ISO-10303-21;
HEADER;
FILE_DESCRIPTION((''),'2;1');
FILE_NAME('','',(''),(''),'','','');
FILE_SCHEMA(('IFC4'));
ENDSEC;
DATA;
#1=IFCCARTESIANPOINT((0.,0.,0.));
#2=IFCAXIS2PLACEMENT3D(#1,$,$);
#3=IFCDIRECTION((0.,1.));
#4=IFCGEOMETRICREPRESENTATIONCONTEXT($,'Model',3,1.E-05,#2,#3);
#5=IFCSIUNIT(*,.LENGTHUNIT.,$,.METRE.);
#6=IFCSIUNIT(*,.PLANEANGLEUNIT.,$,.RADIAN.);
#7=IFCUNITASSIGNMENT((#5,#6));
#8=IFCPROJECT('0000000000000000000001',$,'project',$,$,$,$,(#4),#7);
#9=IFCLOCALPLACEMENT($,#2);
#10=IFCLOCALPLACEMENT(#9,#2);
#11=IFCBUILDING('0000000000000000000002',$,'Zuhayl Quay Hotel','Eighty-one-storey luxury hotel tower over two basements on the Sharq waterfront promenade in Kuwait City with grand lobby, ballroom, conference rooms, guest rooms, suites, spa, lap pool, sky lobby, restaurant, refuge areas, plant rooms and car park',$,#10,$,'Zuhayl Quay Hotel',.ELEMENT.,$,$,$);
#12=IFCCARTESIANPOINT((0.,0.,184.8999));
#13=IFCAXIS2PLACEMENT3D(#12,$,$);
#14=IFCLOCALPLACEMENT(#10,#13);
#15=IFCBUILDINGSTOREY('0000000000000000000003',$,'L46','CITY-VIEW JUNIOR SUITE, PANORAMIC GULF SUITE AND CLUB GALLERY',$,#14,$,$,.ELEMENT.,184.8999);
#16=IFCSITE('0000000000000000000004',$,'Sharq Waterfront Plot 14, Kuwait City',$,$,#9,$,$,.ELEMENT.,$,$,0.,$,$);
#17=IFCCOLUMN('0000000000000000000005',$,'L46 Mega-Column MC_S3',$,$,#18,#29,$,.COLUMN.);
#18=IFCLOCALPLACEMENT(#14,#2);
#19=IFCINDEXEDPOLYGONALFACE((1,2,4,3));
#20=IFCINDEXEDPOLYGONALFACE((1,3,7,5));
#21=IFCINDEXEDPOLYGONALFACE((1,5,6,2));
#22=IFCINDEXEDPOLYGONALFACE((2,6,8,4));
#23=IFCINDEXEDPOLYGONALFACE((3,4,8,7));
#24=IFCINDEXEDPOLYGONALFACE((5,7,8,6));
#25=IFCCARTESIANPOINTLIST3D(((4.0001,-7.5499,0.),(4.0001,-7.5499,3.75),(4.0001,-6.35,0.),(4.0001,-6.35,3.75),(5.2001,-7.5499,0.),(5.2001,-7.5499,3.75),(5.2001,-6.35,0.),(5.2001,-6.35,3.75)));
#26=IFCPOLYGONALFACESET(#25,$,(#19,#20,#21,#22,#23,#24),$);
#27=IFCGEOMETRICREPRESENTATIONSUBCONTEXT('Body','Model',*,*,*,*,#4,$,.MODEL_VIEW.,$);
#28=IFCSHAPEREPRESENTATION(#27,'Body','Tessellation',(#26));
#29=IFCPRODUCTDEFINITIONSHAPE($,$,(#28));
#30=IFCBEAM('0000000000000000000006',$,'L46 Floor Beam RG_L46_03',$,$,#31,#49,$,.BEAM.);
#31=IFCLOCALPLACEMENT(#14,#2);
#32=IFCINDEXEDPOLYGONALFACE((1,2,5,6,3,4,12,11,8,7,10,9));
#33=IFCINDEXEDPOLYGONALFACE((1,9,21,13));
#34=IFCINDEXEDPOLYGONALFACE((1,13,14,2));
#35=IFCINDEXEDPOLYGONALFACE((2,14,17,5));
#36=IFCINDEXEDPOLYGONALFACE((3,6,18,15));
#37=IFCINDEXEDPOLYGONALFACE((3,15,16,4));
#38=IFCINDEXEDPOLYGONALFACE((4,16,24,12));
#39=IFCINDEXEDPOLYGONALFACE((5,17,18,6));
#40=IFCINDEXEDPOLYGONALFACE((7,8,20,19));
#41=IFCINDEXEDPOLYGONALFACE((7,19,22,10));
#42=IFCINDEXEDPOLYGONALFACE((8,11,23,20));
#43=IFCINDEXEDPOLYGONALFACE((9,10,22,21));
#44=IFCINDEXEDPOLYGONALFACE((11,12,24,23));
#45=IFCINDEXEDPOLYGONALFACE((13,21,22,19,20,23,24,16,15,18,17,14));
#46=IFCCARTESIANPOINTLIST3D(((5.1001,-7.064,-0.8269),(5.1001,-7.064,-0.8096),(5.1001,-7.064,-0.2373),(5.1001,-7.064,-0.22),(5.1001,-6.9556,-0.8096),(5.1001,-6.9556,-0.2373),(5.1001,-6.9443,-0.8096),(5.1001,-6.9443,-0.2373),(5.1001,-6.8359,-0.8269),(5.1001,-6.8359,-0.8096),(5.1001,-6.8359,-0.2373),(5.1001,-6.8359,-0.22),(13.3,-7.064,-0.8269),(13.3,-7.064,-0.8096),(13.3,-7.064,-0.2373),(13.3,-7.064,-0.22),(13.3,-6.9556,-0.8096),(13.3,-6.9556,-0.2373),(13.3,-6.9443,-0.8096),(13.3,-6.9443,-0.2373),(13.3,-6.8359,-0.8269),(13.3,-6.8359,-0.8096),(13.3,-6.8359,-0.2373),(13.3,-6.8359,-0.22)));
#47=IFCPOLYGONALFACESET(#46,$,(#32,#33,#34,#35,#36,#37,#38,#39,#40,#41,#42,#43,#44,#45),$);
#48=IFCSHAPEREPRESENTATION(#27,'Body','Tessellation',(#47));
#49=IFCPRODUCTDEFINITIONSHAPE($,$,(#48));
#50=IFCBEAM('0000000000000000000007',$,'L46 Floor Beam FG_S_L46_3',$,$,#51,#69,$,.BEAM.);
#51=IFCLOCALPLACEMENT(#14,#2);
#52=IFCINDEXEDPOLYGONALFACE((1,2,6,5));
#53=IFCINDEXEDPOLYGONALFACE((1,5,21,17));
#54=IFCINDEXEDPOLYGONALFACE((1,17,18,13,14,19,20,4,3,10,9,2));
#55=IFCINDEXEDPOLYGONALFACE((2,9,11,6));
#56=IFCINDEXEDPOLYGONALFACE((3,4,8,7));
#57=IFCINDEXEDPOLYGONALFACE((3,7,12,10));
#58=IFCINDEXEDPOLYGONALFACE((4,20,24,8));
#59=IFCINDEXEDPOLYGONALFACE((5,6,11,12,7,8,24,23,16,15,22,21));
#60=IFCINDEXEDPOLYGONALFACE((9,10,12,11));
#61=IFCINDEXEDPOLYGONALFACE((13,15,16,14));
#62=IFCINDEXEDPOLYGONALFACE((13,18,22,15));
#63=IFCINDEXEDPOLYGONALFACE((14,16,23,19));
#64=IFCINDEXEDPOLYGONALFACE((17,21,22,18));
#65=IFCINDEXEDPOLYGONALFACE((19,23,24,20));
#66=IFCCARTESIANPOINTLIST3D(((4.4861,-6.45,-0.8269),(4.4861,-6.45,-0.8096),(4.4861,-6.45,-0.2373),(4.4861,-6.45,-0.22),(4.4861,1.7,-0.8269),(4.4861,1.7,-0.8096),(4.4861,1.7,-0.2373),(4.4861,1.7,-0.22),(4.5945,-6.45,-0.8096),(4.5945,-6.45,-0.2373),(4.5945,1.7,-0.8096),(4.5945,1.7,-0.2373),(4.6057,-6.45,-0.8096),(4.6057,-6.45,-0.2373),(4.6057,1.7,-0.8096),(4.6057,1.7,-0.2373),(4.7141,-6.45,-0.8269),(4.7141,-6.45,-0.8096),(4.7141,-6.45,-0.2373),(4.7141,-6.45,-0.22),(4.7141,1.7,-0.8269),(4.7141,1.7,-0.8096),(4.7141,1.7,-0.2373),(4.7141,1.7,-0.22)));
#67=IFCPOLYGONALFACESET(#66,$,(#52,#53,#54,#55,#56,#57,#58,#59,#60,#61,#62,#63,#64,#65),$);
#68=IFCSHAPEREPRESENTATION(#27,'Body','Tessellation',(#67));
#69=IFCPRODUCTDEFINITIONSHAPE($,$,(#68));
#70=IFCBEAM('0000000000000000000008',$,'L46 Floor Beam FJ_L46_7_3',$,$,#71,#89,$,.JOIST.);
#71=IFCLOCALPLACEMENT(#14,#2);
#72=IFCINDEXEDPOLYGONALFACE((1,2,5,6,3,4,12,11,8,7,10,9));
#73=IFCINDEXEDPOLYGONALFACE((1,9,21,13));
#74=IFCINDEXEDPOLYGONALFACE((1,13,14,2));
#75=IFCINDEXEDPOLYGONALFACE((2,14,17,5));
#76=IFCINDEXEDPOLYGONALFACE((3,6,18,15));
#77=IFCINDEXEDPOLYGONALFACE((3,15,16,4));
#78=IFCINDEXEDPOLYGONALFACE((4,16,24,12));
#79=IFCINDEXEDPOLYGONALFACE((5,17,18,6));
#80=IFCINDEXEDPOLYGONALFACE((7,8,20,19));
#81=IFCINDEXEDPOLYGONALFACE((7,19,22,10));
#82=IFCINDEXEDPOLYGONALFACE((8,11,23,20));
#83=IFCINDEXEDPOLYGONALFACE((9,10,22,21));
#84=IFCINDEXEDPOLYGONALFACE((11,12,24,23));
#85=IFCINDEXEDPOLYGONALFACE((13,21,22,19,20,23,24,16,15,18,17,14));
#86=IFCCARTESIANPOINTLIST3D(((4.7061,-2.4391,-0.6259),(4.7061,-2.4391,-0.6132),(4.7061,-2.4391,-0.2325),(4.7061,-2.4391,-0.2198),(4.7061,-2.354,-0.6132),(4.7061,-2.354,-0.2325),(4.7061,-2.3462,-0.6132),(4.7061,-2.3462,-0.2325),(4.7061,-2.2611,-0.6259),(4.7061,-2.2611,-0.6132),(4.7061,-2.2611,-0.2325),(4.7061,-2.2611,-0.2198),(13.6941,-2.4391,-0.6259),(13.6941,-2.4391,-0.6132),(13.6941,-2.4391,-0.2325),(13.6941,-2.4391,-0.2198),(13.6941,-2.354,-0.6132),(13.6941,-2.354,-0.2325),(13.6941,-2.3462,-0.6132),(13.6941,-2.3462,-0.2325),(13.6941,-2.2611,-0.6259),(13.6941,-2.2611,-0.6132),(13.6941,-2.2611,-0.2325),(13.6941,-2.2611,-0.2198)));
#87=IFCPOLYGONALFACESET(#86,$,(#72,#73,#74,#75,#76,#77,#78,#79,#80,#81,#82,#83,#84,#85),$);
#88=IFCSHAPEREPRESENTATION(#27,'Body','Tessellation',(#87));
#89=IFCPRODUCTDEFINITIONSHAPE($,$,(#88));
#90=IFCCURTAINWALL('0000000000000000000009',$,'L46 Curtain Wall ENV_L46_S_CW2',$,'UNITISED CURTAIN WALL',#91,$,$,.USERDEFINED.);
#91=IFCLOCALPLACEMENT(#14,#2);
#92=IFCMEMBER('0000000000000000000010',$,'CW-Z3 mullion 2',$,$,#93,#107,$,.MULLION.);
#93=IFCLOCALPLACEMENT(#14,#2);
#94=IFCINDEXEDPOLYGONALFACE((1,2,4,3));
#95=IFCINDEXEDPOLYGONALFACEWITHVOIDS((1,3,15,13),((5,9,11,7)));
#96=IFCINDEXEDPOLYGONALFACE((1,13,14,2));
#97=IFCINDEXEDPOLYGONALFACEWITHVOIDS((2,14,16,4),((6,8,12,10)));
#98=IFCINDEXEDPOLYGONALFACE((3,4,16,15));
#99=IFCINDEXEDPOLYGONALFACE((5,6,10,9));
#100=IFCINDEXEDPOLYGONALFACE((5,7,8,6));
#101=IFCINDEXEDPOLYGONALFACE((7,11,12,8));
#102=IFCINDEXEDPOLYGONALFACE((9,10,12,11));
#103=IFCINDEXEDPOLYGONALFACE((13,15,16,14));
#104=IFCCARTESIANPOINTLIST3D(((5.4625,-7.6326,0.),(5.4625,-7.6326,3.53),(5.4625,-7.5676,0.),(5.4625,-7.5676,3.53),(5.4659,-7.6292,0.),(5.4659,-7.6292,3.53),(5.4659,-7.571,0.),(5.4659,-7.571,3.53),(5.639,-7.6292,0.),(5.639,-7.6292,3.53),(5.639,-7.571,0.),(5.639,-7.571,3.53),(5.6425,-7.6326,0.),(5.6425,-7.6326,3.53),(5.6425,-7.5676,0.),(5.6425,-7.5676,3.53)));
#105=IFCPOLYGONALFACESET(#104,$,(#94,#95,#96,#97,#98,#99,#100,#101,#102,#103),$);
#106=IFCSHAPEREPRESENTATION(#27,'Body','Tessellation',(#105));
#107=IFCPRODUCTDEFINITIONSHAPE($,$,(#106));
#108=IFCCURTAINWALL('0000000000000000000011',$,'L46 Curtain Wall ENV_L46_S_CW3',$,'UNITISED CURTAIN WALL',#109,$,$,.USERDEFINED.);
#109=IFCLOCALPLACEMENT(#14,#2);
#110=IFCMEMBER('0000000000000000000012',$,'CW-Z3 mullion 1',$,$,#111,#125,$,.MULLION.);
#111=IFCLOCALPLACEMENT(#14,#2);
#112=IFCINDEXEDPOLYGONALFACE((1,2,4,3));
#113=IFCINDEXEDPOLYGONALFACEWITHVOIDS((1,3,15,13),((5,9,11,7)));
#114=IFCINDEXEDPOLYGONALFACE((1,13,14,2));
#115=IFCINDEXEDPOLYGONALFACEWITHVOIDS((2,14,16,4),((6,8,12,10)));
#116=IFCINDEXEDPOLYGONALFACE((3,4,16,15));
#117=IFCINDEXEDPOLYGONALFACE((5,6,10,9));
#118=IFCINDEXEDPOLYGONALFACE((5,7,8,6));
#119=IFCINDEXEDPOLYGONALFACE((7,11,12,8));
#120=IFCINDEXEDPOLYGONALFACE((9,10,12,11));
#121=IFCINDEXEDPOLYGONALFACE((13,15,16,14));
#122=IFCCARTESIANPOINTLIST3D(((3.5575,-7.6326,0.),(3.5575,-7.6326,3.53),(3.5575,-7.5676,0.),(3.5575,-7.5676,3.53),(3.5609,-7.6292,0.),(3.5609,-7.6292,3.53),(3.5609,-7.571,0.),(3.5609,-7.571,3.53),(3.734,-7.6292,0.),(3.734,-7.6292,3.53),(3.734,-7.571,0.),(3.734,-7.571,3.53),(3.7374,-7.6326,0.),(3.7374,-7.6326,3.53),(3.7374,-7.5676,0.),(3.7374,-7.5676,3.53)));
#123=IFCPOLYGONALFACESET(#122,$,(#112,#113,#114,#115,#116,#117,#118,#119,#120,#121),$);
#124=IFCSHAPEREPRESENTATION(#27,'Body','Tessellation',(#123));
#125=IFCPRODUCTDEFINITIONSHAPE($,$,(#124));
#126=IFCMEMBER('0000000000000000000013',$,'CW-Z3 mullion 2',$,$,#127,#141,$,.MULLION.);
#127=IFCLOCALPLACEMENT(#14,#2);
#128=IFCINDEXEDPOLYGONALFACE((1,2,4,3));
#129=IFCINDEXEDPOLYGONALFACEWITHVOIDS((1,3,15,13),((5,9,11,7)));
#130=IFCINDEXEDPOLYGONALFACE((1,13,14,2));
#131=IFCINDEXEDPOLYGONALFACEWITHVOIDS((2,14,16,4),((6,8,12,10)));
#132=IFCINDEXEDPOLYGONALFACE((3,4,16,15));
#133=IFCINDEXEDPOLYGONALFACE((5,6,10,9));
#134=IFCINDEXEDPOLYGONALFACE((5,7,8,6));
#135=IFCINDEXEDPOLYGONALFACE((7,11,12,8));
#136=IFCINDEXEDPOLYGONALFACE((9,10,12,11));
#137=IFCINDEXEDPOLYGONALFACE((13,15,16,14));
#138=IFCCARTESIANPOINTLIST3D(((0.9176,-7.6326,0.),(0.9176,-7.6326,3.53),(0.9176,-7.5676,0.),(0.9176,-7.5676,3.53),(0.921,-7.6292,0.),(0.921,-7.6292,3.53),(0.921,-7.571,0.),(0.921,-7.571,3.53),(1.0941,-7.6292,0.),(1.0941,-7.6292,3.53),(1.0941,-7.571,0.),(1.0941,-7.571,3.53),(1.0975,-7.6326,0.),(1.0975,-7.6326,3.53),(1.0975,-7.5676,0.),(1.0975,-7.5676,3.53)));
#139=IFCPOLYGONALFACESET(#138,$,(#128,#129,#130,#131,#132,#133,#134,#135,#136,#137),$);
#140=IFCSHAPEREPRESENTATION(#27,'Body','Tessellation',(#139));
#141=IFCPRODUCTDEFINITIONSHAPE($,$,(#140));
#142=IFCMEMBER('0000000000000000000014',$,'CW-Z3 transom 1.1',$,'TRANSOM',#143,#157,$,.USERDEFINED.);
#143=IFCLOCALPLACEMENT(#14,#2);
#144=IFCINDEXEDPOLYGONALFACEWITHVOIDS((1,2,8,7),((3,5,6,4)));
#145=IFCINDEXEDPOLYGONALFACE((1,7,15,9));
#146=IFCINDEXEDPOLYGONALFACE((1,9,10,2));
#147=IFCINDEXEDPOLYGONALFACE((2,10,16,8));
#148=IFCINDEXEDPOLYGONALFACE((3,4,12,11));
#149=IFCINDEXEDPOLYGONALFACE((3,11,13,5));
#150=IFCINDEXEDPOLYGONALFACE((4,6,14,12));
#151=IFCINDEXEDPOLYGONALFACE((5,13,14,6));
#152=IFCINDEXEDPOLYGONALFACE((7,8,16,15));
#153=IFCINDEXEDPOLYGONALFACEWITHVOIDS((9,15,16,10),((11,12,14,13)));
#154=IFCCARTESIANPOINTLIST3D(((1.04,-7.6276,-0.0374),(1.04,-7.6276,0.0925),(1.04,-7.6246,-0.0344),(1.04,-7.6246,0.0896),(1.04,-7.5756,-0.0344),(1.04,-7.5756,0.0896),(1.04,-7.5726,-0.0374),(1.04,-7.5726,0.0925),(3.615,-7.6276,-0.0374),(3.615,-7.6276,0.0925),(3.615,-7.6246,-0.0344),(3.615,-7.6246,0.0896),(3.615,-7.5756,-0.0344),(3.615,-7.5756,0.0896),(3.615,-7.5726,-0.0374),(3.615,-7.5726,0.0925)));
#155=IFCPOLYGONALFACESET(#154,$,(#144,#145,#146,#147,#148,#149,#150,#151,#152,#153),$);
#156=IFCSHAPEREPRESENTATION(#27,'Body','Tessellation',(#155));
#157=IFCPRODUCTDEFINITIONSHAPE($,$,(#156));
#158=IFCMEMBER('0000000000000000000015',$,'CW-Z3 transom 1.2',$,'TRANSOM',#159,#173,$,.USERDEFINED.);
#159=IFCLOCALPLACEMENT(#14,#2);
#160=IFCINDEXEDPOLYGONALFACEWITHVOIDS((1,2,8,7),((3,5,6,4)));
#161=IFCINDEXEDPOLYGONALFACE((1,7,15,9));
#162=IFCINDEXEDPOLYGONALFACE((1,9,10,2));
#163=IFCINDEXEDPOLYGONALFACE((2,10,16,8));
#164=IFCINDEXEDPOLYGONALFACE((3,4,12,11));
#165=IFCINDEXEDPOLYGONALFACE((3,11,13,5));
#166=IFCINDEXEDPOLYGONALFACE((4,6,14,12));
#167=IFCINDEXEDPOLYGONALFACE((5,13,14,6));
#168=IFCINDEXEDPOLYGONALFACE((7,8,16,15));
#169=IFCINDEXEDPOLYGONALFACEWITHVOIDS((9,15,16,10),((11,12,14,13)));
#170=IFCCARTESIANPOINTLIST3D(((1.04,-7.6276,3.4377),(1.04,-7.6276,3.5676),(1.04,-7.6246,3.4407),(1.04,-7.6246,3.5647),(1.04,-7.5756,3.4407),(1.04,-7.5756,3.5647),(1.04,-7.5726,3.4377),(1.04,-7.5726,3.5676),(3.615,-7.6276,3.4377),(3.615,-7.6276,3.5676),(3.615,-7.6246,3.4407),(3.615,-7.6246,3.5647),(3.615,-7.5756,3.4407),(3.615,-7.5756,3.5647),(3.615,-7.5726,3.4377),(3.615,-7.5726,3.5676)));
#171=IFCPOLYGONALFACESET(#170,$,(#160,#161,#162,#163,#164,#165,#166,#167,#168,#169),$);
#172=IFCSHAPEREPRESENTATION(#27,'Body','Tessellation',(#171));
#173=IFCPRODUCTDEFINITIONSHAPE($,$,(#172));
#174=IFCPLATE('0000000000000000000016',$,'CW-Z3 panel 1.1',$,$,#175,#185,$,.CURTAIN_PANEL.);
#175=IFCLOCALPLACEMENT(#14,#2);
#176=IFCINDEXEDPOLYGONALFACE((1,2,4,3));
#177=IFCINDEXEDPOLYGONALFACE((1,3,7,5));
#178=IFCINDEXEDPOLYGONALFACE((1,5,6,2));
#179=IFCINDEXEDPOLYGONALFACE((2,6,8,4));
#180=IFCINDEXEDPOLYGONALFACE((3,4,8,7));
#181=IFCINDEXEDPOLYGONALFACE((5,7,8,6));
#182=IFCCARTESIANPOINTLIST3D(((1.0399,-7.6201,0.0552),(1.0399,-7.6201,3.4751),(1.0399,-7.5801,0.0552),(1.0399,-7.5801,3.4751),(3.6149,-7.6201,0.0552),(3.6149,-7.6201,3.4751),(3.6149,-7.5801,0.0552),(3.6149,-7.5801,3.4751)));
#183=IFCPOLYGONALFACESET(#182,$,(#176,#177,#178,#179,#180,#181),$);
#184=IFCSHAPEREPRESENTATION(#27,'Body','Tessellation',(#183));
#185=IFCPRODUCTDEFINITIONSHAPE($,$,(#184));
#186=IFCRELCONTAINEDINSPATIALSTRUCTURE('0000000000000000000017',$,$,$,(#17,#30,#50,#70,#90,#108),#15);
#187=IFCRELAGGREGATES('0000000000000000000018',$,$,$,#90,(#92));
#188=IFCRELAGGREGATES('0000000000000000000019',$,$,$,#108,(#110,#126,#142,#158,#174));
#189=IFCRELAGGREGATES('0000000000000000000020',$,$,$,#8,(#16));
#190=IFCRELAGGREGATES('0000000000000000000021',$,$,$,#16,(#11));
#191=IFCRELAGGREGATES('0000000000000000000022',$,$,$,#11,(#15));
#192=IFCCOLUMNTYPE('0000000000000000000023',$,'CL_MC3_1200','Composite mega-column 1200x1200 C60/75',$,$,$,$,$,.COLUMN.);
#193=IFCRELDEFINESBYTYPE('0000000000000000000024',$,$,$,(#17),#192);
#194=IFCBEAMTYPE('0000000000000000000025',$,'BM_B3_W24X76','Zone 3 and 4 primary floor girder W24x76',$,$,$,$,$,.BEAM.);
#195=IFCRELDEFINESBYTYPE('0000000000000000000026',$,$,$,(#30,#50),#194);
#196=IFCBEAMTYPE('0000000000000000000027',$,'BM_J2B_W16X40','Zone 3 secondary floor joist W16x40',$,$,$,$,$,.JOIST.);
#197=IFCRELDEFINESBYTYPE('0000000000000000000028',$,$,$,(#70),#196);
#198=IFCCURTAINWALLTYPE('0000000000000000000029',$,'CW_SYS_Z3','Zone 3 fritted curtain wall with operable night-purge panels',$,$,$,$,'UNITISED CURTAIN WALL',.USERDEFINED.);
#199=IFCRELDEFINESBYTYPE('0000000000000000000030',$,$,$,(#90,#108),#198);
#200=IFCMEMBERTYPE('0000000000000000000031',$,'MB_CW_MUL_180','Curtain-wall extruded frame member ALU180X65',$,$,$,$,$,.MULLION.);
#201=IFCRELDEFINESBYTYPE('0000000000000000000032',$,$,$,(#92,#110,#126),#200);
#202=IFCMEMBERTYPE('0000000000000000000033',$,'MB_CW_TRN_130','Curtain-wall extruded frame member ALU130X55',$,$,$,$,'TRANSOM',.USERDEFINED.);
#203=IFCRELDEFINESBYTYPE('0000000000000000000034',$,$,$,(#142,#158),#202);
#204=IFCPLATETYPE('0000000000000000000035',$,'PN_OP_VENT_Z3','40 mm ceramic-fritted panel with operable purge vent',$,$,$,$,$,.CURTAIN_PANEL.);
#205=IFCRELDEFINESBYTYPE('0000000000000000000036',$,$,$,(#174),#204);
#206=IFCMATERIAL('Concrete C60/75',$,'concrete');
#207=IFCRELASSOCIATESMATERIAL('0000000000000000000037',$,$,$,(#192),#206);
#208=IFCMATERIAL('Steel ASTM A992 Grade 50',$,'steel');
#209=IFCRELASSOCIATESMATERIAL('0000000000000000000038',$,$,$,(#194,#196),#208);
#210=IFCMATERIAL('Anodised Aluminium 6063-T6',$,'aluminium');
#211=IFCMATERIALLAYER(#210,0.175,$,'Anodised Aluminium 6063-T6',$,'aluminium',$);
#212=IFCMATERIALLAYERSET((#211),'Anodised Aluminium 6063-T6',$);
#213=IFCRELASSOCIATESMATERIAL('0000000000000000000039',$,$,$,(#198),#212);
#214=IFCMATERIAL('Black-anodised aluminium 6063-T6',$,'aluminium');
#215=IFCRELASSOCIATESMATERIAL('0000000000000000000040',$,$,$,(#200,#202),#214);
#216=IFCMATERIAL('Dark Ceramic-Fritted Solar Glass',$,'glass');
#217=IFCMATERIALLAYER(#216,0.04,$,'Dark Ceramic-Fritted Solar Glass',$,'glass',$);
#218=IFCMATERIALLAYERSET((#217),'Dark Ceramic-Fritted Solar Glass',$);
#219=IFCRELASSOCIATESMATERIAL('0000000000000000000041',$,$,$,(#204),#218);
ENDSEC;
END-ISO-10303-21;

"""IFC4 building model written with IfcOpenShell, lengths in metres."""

from ifc_helpers import new_model, si_unit, direction, frame, origin, origin_2d, place, context, subcontext, project, spatial, rectangle, hollow_rectangle, i_section, extrude, material, layer, layer_set, material_profile, profile_set, type_object, element, aggregate, save


model = new_model("IFC4")

# Units and contexts
model_context = context("Model", 3, precision=1e-05, world=origin(), true_north=direction((0.0, 1.0)))
body_context = subcontext(model_context, "Body", "Model", "MODEL_VIEW")
ifc_project = project(units=[si_unit("LENGTHUNIT", "METRE"), si_unit("PLANEANGLEUNIT", "RADIAN")], contexts=[model_context])

# Site, building, storey
site_placement = place(None, origin())
site = spatial("IfcSite", under=ifc_project, at=site_placement, Name="Sharq Waterfront Plot 14, Kuwait City", CompositionType="ELEMENT", RefElevation=0.0)
building_placement = place(site_placement, origin())
building = spatial("IfcBuilding", under=site, at=building_placement, Name="Zuhayl Quay Hotel", Description="Eighty-one-storey luxury hotel tower over two basements on the Sharq waterfront promenade in Kuwait City with grand lobby, ballroom, conference rooms, guest rooms, suites, spa, lap pool, sky lobby, restaurant, refuge areas, plant rooms and car park", LongName="Zuhayl Quay Hotel", CompositionType="ELEMENT")
storey_placement = place(building_placement, frame((0.0, 0.0, 184.8999)))
storey = spatial("IfcBuildingStorey", under=building, at=storey_placement, Name="L46", Description="CITY-VIEW JUNIOR SUITE, PANORAMIC GULF SUITE AND CLUB GALLERY", CompositionType="ELEMENT", Elevation=184.8999)

# Column
ifc_material_1 = material(Name="Concrete C60/75", Category="concrete")
ifc_material_profile_1 = material_profile(ifc_material_1, rectangle(XDim=1.2, YDim=1.2, at=origin_2d()), Name="RC1200X1200")
ifc_profile_set_1 = profile_set([ifc_material_profile_1], Name="Concrete C60/75")
column_type = type_object("IfcColumnType", Name="CL_MC3_1200", Description="Composite mega-column 1200x1200 C60/75", PredefinedType="COLUMN", material=ifc_profile_set_1)
column_placement = place(storey_placement, frame((4.6001, -6.95, 0.0), z_axis=(0.0, 0.0, 1.0), x_axis=(1.0, 0.0, 0.0)))
element("IfcColumn", 1, at=column_placement, inside=storey, type_object=column_type, Name="L46 Mega-Column MC_S3", PredefinedType="COLUMN", context=body_context, shape_type="SweptSolid", body=[
    extrude(rectangle(XDim=1.2, YDim=1.2, at=origin_2d()), origin(), (0.0, 0.0, 1.0), 3.75),
])

# Beams
ifc_material_2 = material(Name="Steel ASTM A992 Grade 50", Category="steel")
ifc_material_profile_2 = material_profile(ifc_material_2, i_section(OverallWidth=0.228, OverallDepth=0.6069, WebThickness=0.0112, FlangeThickness=0.0173, at=origin_2d()), Name="W24X76")
ifc_profile_set_2 = profile_set([ifc_material_profile_2], Name="Steel ASTM A992 Grade 50")
beam_type_1 = type_object("IfcBeamType", Name="BM_B3_W24X76", Description="Zone 3 and 4 primary floor girder W24x76", PredefinedType="BEAM", material=ifc_profile_set_2)
beam_1_placement = place(storey_placement, frame((5.1001, -6.95, -0.5234), z_axis=(1.0, 0.0, 0.0), x_axis=(0.0, 1.0, 0.0)))
element("IfcBeam", 2, at=beam_1_placement, inside=storey, type_object=beam_type_1, Name="L46 Floor Beam RG_L46_03", PredefinedType="BEAM", context=body_context, shape_type="SweptSolid", body=[
    extrude(i_section(OverallWidth=0.228, OverallDepth=0.6069, WebThickness=0.0112, FlangeThickness=0.0173, at=origin_2d()), origin(), (0.0, 0.0, 1.0), 8.2),
])
beam_2_placement = place(storey_placement, frame((4.6001, -6.45, -0.5234), z_axis=(0.0, 1.0, 0.0), x_axis=(-1.0, 0.0, 0.0)))
element("IfcBeam", 3, at=beam_2_placement, inside=storey, type_object=beam_type_1, Name="L46 Floor Beam FG_S_L46_3", PredefinedType="BEAM", context=body_context, shape_type="SweptSolid", body=[
    extrude(i_section(OverallWidth=0.228, OverallDepth=0.6069, WebThickness=0.0112, FlangeThickness=0.0173, at=origin_2d()), origin(), (0.0, 0.0, 1.0), 8.1499),
])
ifc_material_profile_3 = material_profile(ifc_material_2, i_section(OverallWidth=0.178, OverallDepth=0.406, WebThickness=0.0078, FlangeThickness=0.0127, at=origin_2d()), Name="W16X40")
ifc_profile_set_3 = profile_set([ifc_material_profile_3], Name="Steel ASTM A992 Grade 50")
beam_type_2 = type_object("IfcBeamType", Name="BM_J2B_W16X40", Description="Zone 3 secondary floor joist W16x40", PredefinedType="JOIST", material=ifc_profile_set_3)
beam_3_placement = place(storey_placement, frame((4.7061, -2.3501, -0.4229), z_axis=(1.0, 0.0, 0.0), x_axis=(0.0, 1.0, 0.0)))
element("IfcBeam", 4, at=beam_3_placement, inside=storey, type_object=beam_type_2, Name="L46 Floor Beam FJ_L46_7_3", PredefinedType="JOIST", context=body_context, shape_type="SweptSolid", body=[
    extrude(i_section(OverallWidth=0.178, OverallDepth=0.406, WebThickness=0.0078, FlangeThickness=0.0127, at=origin_2d()), origin(), (0.0, 0.0, 1.0), 8.988),
])

# Curtain wall, member
ifc_material_3 = material(Name="Anodised Aluminium 6063-T6", Category="aluminium")
ifc_layer_1 = layer(ifc_material_3, 0.175, Name="Anodised Aluminium 6063-T6", Category="aluminium")
ifc_layer_set_1 = layer_set([ifc_layer_1], Name="Anodised Aluminium 6063-T6")
curtain_wall_type = type_object("IfcCurtainWallType", Name="CW_SYS_Z3", Description="Zone 3 fritted curtain wall with operable night-purge panels", ElementType="UNITISED CURTAIN WALL", PredefinedType="USERDEFINED", material=ifc_layer_set_1)
curtain_wall_1_placement = place(storey_placement, origin())
curtain_wall_1 = element("IfcCurtainWall", 5, at=curtain_wall_1_placement, inside=storey, type_object=curtain_wall_type, Name="L46 Curtain Wall ENV_L46_S_CW2", ObjectType="UNITISED CURTAIN WALL", PredefinedType="USERDEFINED")
ifc_material_4 = material(Name="Black-anodised aluminium 6063-T6", Category="aluminium")
ifc_material_profile_4 = material_profile(ifc_material_4, hollow_rectangle(XDim=0.0649, YDim=0.1799, WallThickness=0.0034, at=origin_2d()), Name="ALU180X65")
ifc_profile_set_4 = profile_set([ifc_material_profile_4], Name="Black-anodised aluminium 6063-T6")
member_type_1 = type_object("IfcMemberType", Name="MB_CW_MUL_180", Description="Curtain-wall extruded frame member ALU180X65", PredefinedType="MULLION", material=ifc_profile_set_4)
member_1_placement = place(storey_placement, frame((5.5525, -7.6001, 0.0), z_axis=(0.0, 0.0, 1.0), x_axis=(0.0, -1.0, 0.0)))
member_1 = element("IfcMember", 6, at=member_1_placement, type_object=member_type_1, Name="CW-Z3 mullion 2", PredefinedType="MULLION", context=body_context, shape_type="SweptSolid", body=[
    extrude(hollow_rectangle(XDim=0.0649, YDim=0.1799, WallThickness=0.0034, at=origin_2d()), origin(), (0.0, 0.0, 1.0), 3.53),
])
aggregate(curtain_wall_1, [member_1])

# Curtain wall, members, plate
curtain_wall_2_placement = place(storey_placement, origin())
curtain_wall_2 = element("IfcCurtainWall", 7, at=curtain_wall_2_placement, inside=storey, type_object=curtain_wall_type, Name="L46 Curtain Wall ENV_L46_S_CW3", ObjectType="UNITISED CURTAIN WALL", PredefinedType="USERDEFINED")
member_2_placement = place(storey_placement, frame((3.6475, -7.6001, 0.0), z_axis=(0.0, 0.0, 1.0), x_axis=(0.0, -1.0, 0.0)))
member_2 = element("IfcMember", 8, at=member_2_placement, type_object=member_type_1, Name="CW-Z3 mullion 1", PredefinedType="MULLION", context=body_context, shape_type="SweptSolid", body=[
    extrude(hollow_rectangle(XDim=0.0649, YDim=0.1799, WallThickness=0.0034, at=origin_2d()), origin(), (0.0, 0.0, 1.0), 3.53),
])
member_3_placement = place(storey_placement, frame((1.0076, -7.6001, 0.0), z_axis=(0.0, 0.0, 1.0), x_axis=(0.0, -1.0, 0.0)))
member_3 = element("IfcMember", 9, at=member_3_placement, type_object=member_type_1, Name="CW-Z3 mullion 2", PredefinedType="MULLION", context=body_context, shape_type="SweptSolid", body=[
    extrude(hollow_rectangle(XDim=0.0649, YDim=0.1799, WallThickness=0.0034, at=origin_2d()), origin(), (0.0, 0.0, 1.0), 3.53),
])
ifc_material_profile_5 = material_profile(ifc_material_4, hollow_rectangle(XDim=0.0549, YDim=0.1299, WallThickness=0.0029, at=origin_2d()), Name="ALU130X55")
ifc_profile_set_5 = profile_set([ifc_material_profile_5], Name="Black-anodised aluminium 6063-T6")
member_type_2 = type_object("IfcMemberType", Name="MB_CW_TRN_130", Description="Curtain-wall extruded frame member ALU130X55", ElementType="TRANSOM", PredefinedType="USERDEFINED", material=ifc_profile_set_5)
member_4_placement = place(storey_placement, frame((3.615, -7.6001, 0.0276), z_axis=(-1.0, 0.0, 0.0), x_axis=(0.0, -1.0, 0.0)))
member_4 = element("IfcMember", 10, at=member_4_placement, type_object=member_type_2, Name="CW-Z3 transom 1.1", ObjectType="TRANSOM", PredefinedType="USERDEFINED", context=body_context, shape_type="SweptSolid", body=[
    extrude(hollow_rectangle(XDim=0.0549, YDim=0.1299, WallThickness=0.0029, at=origin_2d()), origin(), (0.0, 0.0, 1.0), 2.575),
])
member_5_placement = place(storey_placement, frame((3.615, -7.6001, 3.5027), z_axis=(-1.0, 0.0, 0.0), x_axis=(0.0, -1.0, 0.0)))
member_5 = element("IfcMember", 11, at=member_5_placement, type_object=member_type_2, Name="CW-Z3 transom 1.2", ObjectType="TRANSOM", PredefinedType="USERDEFINED", context=body_context, shape_type="SweptSolid", body=[
    extrude(hollow_rectangle(XDim=0.0549, YDim=0.1299, WallThickness=0.0029, at=origin_2d()), origin(), (0.0, 0.0, 1.0), 2.575),
])
ifc_material_5 = material(Name="Dark Ceramic-Fritted Solar Glass", Category="glass")
ifc_layer_2 = layer(ifc_material_5, 0.04, Name="Dark Ceramic-Fritted Solar Glass", Category="glass")
ifc_layer_set_2 = layer_set([ifc_layer_2], Name="Dark Ceramic-Fritted Solar Glass")
plate_type = type_object("IfcPlateType", Name="PN_OP_VENT_Z3", Description="40 mm ceramic-fritted panel with operable purge vent", PredefinedType="CURTAIN_PANEL", material=ifc_layer_set_2)
plate_placement = place(storey_placement, frame((2.3274, -7.6001, 0.0552), z_axis=(0.0, 0.0, 1.0), x_axis=(-1.0, 0.0, 0.0)))
plate = element("IfcPlate", 12, at=plate_placement, type_object=plate_type, Name="CW-Z3 panel 1.1", PredefinedType="CURTAIN_PANEL", context=body_context, shape_type="SweptSolid", body=[
    extrude(rectangle(XDim=2.575, YDim=0.04, at=origin_2d()), origin(), (0.0, 0.0, 1.0), 3.4199),
])
aggregate(curtain_wall_2, [member_2, member_3, member_4, member_5, plate])

save(model, "model.ifc")
